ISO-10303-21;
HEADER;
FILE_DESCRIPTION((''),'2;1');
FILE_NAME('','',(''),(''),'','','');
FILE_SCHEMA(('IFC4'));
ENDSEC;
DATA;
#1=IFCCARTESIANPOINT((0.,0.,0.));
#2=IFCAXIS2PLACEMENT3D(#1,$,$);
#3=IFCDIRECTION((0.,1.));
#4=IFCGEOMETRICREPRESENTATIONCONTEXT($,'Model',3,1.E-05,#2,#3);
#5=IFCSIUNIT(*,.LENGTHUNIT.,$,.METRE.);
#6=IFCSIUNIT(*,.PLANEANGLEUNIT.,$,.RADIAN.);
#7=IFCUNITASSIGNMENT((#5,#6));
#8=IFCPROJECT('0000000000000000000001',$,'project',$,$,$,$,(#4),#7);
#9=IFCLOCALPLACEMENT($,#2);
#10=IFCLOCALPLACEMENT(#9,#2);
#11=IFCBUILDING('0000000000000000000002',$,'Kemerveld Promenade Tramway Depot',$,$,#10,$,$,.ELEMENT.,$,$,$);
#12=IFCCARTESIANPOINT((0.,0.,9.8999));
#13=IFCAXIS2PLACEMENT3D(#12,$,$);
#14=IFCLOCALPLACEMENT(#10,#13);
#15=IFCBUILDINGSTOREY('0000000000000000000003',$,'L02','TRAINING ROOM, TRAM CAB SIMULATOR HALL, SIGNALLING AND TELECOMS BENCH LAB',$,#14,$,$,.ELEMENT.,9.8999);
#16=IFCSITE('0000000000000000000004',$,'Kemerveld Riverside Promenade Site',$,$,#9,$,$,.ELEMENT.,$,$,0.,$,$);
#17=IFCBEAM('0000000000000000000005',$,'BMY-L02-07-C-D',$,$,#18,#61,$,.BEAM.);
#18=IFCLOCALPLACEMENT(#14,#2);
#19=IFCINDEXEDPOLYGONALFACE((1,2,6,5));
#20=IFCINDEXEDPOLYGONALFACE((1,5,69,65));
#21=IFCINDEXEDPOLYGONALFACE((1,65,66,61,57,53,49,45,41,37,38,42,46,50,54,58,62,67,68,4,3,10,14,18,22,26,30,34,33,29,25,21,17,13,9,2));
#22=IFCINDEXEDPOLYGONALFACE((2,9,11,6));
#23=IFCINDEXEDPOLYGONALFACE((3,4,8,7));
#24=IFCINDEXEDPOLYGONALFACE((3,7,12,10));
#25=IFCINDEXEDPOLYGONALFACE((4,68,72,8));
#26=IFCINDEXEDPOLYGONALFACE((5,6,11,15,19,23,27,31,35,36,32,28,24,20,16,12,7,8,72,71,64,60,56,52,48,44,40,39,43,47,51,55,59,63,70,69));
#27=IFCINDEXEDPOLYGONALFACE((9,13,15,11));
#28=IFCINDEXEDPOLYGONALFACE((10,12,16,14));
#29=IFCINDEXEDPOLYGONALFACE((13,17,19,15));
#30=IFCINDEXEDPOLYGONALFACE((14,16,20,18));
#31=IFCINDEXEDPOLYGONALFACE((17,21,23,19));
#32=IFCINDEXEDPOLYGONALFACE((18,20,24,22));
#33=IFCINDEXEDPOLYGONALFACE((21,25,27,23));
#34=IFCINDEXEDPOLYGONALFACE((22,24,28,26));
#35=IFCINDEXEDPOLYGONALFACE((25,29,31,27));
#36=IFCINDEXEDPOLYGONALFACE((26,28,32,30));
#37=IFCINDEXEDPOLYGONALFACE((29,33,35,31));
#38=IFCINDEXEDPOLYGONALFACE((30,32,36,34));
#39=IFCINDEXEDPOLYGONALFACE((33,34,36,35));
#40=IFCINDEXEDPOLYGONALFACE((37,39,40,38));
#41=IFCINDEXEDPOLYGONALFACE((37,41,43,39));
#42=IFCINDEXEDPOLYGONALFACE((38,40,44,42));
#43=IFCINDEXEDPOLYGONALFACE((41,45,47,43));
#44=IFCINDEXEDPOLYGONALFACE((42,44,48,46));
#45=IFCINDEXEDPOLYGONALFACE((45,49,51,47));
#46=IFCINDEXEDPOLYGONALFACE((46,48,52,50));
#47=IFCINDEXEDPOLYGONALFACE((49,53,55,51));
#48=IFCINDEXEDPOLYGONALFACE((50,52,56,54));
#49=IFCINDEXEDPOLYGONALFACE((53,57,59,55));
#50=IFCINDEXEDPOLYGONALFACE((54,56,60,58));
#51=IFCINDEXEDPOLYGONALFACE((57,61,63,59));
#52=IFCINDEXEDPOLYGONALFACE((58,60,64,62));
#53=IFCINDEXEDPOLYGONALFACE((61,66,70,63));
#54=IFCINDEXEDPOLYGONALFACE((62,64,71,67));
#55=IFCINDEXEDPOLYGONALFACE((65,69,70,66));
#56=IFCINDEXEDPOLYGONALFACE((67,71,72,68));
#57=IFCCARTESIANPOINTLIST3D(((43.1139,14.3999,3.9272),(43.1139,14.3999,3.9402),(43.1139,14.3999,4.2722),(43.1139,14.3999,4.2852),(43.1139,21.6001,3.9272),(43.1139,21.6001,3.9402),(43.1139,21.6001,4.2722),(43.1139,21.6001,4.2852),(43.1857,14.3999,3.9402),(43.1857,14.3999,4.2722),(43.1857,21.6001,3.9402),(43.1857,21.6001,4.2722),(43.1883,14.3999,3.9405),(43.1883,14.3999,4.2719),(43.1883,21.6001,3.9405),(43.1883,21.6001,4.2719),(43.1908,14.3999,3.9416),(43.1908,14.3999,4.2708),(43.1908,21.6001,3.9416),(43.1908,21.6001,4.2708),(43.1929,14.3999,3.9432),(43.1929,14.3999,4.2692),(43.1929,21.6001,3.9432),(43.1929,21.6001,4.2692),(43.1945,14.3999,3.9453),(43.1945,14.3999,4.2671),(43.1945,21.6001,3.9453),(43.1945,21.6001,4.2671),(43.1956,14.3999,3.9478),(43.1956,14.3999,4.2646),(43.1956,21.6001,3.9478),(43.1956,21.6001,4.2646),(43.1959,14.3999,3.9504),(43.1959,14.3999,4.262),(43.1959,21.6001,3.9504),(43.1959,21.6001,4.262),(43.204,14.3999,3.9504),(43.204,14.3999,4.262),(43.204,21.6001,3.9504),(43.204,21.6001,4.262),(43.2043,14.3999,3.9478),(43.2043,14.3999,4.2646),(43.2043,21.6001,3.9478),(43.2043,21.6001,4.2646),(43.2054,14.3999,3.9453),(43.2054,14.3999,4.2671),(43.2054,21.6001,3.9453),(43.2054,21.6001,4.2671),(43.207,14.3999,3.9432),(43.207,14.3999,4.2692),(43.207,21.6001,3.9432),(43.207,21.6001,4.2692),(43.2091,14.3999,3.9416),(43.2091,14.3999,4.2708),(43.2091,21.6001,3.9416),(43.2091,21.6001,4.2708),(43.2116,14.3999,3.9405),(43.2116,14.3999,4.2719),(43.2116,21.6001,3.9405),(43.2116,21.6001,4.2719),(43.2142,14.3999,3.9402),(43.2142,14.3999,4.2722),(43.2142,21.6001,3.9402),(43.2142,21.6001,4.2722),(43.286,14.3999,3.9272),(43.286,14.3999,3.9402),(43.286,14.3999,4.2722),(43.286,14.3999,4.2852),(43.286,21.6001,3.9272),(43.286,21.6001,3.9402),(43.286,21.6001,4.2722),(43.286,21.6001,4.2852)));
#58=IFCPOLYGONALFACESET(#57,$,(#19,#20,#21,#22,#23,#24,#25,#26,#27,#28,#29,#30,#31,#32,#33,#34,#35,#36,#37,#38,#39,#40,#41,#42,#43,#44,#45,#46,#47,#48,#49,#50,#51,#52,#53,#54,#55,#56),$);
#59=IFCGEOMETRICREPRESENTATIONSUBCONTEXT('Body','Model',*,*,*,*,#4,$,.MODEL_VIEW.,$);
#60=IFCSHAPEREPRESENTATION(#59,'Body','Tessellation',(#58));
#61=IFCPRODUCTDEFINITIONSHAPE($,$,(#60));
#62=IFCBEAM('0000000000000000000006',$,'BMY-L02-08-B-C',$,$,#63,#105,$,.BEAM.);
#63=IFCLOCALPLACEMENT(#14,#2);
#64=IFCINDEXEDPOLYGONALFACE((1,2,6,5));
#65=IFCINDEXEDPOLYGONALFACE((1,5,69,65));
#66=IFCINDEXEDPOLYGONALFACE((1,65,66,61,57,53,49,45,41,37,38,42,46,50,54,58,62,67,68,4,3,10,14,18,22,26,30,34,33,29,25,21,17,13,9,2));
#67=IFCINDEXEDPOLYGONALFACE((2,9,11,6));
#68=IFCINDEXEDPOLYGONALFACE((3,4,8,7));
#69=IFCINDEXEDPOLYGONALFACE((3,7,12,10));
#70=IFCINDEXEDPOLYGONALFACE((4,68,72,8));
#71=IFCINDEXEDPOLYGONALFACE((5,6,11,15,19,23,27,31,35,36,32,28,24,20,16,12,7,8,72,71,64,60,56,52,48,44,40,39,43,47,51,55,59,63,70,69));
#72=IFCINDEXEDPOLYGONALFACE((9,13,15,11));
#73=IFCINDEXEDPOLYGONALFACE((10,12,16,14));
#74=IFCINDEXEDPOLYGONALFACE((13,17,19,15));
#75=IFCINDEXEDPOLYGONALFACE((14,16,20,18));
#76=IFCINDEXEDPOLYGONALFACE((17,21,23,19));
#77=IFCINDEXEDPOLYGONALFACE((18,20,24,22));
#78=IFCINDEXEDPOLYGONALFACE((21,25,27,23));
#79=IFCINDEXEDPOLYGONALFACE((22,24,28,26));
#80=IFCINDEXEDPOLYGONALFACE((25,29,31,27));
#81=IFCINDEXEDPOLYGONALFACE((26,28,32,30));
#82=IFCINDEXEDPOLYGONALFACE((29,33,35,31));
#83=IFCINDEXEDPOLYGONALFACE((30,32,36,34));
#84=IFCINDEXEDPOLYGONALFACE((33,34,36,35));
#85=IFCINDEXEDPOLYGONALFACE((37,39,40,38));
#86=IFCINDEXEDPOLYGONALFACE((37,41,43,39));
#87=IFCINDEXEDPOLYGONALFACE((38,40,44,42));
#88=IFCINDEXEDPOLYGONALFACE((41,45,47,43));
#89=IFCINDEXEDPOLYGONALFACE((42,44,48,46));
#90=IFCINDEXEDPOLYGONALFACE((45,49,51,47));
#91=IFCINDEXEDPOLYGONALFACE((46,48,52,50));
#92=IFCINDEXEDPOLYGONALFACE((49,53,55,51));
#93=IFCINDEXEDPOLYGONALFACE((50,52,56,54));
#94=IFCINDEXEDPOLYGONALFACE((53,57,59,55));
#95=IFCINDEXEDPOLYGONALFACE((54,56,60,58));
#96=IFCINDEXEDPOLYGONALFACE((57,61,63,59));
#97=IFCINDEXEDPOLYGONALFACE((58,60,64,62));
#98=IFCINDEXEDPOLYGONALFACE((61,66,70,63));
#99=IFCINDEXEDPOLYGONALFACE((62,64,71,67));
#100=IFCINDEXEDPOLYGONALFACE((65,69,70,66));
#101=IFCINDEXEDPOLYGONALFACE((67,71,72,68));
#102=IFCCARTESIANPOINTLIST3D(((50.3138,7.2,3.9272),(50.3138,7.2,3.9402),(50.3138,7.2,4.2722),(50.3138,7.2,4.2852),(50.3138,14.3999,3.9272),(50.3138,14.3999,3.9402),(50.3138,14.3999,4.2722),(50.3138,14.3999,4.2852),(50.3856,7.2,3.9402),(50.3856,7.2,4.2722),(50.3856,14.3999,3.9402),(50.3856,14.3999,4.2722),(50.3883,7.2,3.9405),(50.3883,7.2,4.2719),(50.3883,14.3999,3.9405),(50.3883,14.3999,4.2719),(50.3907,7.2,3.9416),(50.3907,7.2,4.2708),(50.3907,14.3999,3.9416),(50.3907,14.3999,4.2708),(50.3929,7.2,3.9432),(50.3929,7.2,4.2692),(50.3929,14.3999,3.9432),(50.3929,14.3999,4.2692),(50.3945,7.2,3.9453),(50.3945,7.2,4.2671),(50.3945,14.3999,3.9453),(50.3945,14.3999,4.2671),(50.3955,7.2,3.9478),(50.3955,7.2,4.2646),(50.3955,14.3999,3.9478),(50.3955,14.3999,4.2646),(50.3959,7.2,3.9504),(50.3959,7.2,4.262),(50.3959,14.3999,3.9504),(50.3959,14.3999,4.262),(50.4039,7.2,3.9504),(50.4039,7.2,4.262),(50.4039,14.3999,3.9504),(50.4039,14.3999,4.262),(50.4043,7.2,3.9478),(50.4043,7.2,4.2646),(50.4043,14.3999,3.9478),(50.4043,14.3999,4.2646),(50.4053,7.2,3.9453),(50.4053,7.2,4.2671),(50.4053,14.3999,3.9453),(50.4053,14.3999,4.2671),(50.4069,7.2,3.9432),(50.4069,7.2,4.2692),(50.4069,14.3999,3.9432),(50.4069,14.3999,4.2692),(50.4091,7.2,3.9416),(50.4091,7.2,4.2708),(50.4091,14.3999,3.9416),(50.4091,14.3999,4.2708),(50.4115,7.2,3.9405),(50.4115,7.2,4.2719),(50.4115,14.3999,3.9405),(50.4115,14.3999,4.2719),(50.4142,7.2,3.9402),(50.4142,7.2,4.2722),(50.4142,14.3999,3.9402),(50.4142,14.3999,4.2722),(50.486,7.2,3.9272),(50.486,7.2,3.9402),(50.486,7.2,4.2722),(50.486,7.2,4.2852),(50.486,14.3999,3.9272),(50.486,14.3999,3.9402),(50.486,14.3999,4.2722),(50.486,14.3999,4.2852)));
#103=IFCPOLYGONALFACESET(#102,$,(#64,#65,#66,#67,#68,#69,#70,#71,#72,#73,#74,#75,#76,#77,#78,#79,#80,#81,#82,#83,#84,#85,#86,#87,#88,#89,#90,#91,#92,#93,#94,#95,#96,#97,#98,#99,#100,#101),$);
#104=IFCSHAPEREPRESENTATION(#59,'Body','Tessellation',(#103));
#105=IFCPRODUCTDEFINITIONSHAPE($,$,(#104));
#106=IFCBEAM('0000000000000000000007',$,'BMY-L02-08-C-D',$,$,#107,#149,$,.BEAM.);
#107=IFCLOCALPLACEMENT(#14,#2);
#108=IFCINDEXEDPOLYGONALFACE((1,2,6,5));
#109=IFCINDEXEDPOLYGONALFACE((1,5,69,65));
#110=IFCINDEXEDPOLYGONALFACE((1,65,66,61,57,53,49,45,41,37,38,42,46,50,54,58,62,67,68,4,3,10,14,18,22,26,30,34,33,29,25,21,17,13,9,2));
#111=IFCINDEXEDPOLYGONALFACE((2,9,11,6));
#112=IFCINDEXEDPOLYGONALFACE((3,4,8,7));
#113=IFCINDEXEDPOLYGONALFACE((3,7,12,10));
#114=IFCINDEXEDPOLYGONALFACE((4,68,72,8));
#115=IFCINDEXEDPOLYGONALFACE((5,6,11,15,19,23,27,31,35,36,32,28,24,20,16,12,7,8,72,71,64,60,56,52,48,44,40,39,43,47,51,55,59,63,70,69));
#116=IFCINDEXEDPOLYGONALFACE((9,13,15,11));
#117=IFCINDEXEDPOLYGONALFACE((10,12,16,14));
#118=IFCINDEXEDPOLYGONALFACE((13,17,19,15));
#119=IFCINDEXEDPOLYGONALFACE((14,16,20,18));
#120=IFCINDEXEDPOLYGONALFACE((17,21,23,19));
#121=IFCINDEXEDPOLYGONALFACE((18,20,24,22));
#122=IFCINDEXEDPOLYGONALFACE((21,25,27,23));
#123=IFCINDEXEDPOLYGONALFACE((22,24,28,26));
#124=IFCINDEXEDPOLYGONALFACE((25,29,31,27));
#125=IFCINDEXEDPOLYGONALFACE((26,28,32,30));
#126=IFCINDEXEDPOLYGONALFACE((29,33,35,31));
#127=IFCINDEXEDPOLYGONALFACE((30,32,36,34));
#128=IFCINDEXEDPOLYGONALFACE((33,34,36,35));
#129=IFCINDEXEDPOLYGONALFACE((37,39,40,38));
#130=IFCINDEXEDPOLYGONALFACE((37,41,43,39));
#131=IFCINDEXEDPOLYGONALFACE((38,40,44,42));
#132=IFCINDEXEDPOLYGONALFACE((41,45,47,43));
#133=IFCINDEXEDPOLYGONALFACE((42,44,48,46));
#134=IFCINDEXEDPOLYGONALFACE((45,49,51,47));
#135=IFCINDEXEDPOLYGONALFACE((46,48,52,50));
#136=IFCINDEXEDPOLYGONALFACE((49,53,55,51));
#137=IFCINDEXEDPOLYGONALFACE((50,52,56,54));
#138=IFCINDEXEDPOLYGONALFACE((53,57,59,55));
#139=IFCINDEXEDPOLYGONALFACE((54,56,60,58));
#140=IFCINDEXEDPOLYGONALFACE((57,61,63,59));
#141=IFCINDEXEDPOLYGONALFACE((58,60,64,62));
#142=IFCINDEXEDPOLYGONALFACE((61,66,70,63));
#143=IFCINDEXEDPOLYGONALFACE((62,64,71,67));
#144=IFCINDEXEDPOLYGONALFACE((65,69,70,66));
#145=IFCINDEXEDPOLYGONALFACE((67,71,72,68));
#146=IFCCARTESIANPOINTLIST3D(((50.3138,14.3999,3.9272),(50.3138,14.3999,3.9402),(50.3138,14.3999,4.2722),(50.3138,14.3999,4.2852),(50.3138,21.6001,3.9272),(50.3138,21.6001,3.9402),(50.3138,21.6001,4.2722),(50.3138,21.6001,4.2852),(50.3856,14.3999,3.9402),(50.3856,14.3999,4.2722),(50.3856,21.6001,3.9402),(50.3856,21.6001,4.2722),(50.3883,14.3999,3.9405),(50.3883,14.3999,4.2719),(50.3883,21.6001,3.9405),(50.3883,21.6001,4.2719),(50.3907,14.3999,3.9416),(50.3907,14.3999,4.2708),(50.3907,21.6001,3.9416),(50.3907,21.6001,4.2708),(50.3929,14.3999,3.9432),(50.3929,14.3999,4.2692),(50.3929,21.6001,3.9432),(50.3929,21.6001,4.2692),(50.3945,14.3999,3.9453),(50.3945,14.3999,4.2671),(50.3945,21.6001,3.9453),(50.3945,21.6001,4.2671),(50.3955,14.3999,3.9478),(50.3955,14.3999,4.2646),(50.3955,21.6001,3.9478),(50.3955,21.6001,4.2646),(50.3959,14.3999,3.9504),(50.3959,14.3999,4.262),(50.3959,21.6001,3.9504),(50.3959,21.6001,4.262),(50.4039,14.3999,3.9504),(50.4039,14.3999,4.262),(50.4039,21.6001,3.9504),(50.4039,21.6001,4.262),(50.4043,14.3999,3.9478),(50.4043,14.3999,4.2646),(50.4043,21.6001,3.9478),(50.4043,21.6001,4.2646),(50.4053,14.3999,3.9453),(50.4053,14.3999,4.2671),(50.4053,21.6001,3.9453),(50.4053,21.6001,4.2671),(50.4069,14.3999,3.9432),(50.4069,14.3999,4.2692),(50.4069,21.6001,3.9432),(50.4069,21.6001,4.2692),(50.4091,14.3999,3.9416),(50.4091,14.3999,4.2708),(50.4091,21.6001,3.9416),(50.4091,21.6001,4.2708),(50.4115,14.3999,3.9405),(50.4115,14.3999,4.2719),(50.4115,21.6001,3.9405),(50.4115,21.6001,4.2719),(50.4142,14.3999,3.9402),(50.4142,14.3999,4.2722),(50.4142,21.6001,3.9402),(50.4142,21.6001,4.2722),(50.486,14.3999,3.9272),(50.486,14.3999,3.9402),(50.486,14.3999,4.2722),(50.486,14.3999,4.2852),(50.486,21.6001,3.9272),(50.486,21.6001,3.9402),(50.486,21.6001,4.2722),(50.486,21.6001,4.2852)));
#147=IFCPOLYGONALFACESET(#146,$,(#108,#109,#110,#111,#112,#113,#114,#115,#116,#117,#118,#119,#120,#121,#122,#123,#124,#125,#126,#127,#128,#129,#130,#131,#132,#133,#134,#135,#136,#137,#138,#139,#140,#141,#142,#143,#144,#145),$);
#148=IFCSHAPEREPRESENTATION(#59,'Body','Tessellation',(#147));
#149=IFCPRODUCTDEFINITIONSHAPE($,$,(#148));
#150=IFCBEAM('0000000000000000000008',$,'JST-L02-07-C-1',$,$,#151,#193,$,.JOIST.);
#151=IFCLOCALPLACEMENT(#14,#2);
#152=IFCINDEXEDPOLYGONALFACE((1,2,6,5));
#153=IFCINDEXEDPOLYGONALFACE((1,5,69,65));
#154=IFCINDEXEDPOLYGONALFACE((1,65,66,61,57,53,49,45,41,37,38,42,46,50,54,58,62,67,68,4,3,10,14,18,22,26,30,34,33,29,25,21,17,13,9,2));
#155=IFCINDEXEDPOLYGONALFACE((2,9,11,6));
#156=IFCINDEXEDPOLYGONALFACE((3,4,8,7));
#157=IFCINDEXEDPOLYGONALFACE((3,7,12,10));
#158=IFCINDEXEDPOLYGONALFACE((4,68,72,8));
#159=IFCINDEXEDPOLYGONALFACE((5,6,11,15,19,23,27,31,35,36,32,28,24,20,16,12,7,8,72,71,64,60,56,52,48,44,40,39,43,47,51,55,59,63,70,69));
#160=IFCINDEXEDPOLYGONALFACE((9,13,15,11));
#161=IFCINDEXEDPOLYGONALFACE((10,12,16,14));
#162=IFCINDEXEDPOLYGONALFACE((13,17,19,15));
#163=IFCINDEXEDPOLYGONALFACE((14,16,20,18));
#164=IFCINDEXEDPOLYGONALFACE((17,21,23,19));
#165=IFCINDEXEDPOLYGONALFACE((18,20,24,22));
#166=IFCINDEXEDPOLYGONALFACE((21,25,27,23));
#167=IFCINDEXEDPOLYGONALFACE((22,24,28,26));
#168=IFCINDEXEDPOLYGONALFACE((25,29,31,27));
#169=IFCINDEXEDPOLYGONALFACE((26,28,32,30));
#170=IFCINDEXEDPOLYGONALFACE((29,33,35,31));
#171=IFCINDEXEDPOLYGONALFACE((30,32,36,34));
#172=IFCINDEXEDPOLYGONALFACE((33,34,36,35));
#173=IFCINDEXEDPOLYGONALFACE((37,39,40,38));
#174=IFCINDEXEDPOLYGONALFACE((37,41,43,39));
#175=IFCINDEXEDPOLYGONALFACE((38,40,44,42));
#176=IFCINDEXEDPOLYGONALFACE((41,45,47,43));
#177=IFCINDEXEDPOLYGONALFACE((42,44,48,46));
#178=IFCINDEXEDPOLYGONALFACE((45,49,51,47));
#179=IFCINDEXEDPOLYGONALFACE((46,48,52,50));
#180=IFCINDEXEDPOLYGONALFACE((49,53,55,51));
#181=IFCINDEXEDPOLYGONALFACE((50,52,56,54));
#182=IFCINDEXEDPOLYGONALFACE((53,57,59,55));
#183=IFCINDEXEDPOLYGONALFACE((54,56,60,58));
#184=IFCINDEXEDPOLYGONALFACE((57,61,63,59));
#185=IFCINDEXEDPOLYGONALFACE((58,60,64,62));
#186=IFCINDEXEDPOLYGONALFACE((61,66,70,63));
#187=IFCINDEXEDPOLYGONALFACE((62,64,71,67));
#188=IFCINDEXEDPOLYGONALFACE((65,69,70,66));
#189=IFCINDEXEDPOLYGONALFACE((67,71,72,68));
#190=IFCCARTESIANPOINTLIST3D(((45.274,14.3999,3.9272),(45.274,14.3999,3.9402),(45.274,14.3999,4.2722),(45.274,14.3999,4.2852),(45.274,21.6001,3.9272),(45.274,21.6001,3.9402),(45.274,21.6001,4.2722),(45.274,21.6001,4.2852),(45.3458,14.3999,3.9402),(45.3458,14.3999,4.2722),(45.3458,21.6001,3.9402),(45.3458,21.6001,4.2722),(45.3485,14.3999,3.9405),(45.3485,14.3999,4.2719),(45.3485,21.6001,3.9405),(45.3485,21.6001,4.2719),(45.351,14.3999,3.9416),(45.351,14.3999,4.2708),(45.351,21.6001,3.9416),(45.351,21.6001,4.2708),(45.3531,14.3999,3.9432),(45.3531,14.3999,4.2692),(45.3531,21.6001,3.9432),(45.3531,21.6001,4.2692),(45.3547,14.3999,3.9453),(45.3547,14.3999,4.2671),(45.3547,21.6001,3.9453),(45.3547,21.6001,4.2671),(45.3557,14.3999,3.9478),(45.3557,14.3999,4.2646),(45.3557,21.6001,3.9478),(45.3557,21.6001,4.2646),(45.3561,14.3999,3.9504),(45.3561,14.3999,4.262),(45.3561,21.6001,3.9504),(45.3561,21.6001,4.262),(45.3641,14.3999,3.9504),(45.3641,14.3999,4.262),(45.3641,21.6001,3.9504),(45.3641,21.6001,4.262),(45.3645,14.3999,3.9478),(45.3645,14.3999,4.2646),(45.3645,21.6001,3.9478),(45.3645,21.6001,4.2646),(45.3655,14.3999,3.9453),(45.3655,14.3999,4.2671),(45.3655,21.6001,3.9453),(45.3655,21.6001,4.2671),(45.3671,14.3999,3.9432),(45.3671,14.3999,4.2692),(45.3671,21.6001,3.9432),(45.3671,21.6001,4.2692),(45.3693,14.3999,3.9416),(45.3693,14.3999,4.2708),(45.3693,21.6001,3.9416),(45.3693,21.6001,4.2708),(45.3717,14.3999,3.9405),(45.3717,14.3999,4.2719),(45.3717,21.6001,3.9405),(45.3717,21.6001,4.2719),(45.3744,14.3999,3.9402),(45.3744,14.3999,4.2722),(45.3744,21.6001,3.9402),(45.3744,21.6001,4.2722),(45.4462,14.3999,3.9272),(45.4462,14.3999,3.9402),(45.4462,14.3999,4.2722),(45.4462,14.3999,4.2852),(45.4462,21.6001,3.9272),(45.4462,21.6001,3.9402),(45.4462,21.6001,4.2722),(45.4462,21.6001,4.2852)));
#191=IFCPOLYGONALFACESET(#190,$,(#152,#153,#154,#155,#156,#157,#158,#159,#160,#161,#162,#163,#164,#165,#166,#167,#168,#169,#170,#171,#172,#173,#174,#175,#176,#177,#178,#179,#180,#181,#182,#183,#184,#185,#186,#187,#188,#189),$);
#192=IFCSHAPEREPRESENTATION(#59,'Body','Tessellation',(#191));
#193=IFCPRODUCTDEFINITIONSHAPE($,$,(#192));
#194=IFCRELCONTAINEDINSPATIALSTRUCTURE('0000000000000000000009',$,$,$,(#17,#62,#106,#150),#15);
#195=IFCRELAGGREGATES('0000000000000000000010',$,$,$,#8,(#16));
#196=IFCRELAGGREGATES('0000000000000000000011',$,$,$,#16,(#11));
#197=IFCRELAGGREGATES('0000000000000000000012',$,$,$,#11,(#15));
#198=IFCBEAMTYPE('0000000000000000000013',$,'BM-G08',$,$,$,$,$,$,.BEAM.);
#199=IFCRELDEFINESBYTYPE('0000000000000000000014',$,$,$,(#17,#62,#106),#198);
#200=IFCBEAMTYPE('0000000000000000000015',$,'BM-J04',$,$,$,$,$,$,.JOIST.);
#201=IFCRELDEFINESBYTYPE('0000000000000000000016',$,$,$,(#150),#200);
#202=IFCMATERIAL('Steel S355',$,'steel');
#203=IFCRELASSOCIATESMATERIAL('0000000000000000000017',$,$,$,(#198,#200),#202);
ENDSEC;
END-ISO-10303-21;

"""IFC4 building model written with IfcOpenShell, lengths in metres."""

from ifc_helpers import new_model, si_unit, direction, frame, origin, origin_2d, place, context, subcontext, project, spatial, i_section, extrude, material, material_profile, profile_set, type_object, element, save


model = new_model("IFC4")

# Units and contexts
model_context = context("Model", 3, precision=1e-05, world=origin(), true_north=direction((0.0, 1.0)))
body_context = subcontext(model_context, "Body", "Model", "MODEL_VIEW")
ifc_project = project(units=[si_unit("LENGTHUNIT", "METRE"), si_unit("PLANEANGLEUNIT", "RADIAN")], contexts=[model_context])

# Site, building, storey
site_placement = place(None, origin())
site = spatial("IfcSite", under=ifc_project, at=site_placement, Name="Kemerveld Riverside Promenade Site", CompositionType="ELEMENT", RefElevation=0.0)
building_placement = place(site_placement, origin())
building = spatial("IfcBuilding", under=site, at=building_placement, Name="Kemerveld Promenade Tramway Depot", CompositionType="ELEMENT")
storey_placement = place(building_placement, frame((0.0, 0.0, 9.8999)))
storey = spatial("IfcBuildingStorey", under=building, at=storey_placement, Name="L02", Description="TRAINING ROOM, TRAM CAB SIMULATOR HALL, SIGNALLING AND TELECOMS BENCH LAB", CompositionType="ELEMENT", Elevation=9.8999)

# Shared definitions
ifc_material_1 = material(Name="Steel S355", Category="steel")

# Beams
ifc_material_profile_1 = material_profile(ifc_material_1, i_section(OverallWidth=0.1721, OverallDepth=0.3579, WebThickness=0.0081, FlangeThickness=0.0129, FilletRadius=0.0103, at=origin_2d()), Name="356x171x57 UB")
ifc_profile_set_1 = profile_set([ifc_material_profile_1], Name="Steel S355")
beam_type_1 = type_object("IfcBeamType", Name="BM-G08", PredefinedType="BEAM", material=ifc_profile_set_1)
beam_1_placement = place(storey_placement, frame((43.2, 14.3999, 4.1062), z_axis=(0.0, 1.0, 0.0), x_axis=(-1.0, 0.0, 0.0)))
element("IfcBeam", 1, at=beam_1_placement, inside=storey, type_object=beam_type_1, Name="BMY-L02-07-C-D", PredefinedType="BEAM", context=body_context, shape_type="SweptSolid", body=[
    extrude(i_section(OverallWidth=0.1721, OverallDepth=0.3579, WebThickness=0.0081, FlangeThickness=0.0129, FilletRadius=0.0103, at=origin_2d()), origin(), (0.0, 0.0, 1.0), 7.2002),
])
beam_2_placement = place(storey_placement, frame((50.3999, 7.2, 4.1062), z_axis=(0.0, 1.0, 0.0), x_axis=(-1.0, 0.0, 0.0)))
element("IfcBeam", 2, at=beam_2_placement, inside=storey, type_object=beam_type_1, Name="BMY-L02-08-B-C", PredefinedType="BEAM", context=body_context, shape_type="SweptSolid", body=[
    extrude(i_section(OverallWidth=0.1721, OverallDepth=0.3579, WebThickness=0.0081, FlangeThickness=0.0129, FilletRadius=0.0103, at=origin_2d()), origin(), (0.0, 0.0, 1.0), 7.2),
])
beam_3_placement = place(storey_placement, frame((50.3999, 14.3999, 4.1062), z_axis=(0.0, 1.0, 0.0), x_axis=(-1.0, 0.0, 0.0)))
element("IfcBeam", 3, at=beam_3_placement, inside=storey, type_object=beam_type_1, Name="BMY-L02-08-C-D", PredefinedType="BEAM", context=body_context, shape_type="SweptSolid", body=[
    extrude(i_section(OverallWidth=0.1721, OverallDepth=0.3579, WebThickness=0.0081, FlangeThickness=0.0129, FilletRadius=0.0103, at=origin_2d()), origin(), (0.0, 0.0, 1.0), 7.2002),
])
ifc_material_profile_2 = material_profile(ifc_material_1, i_section(OverallWidth=0.1721, OverallDepth=0.3579, WebThickness=0.0081, FlangeThickness=0.0129, FilletRadius=0.0103, at=origin_2d()), Name="356x171x57 UB")
ifc_profile_set_2 = profile_set([ifc_material_profile_2], Name="Steel S355")
beam_type_2 = type_object("IfcBeamType", Name="BM-J04", PredefinedType="JOIST", material=ifc_profile_set_2)
for number, where, z_axis, x_axis, name in (
    (4, (45.3601, 14.3999, 4.1062), (0.0, 1.0, 0.0), (-1.0, 0.0, 0.0), "JST-L02-07-C-1"),
):
    element("IfcBeam", number, at=place(storey_placement, frame(where, z_axis=z_axis, x_axis=x_axis)), inside=storey, type_object=beam_type_2, Name=name, PredefinedType="JOIST", context=body_context, shape_type="SweptSolid", body=[
        extrude(i_section(OverallWidth=0.1721, OverallDepth=0.3579, WebThickness=0.0081, FlangeThickness=0.0129, FilletRadius=0.0103, at=origin_2d()), origin(), (0.0, 0.0, 1.0), 7.2002),
    ])

save(model, "model.ifc")
